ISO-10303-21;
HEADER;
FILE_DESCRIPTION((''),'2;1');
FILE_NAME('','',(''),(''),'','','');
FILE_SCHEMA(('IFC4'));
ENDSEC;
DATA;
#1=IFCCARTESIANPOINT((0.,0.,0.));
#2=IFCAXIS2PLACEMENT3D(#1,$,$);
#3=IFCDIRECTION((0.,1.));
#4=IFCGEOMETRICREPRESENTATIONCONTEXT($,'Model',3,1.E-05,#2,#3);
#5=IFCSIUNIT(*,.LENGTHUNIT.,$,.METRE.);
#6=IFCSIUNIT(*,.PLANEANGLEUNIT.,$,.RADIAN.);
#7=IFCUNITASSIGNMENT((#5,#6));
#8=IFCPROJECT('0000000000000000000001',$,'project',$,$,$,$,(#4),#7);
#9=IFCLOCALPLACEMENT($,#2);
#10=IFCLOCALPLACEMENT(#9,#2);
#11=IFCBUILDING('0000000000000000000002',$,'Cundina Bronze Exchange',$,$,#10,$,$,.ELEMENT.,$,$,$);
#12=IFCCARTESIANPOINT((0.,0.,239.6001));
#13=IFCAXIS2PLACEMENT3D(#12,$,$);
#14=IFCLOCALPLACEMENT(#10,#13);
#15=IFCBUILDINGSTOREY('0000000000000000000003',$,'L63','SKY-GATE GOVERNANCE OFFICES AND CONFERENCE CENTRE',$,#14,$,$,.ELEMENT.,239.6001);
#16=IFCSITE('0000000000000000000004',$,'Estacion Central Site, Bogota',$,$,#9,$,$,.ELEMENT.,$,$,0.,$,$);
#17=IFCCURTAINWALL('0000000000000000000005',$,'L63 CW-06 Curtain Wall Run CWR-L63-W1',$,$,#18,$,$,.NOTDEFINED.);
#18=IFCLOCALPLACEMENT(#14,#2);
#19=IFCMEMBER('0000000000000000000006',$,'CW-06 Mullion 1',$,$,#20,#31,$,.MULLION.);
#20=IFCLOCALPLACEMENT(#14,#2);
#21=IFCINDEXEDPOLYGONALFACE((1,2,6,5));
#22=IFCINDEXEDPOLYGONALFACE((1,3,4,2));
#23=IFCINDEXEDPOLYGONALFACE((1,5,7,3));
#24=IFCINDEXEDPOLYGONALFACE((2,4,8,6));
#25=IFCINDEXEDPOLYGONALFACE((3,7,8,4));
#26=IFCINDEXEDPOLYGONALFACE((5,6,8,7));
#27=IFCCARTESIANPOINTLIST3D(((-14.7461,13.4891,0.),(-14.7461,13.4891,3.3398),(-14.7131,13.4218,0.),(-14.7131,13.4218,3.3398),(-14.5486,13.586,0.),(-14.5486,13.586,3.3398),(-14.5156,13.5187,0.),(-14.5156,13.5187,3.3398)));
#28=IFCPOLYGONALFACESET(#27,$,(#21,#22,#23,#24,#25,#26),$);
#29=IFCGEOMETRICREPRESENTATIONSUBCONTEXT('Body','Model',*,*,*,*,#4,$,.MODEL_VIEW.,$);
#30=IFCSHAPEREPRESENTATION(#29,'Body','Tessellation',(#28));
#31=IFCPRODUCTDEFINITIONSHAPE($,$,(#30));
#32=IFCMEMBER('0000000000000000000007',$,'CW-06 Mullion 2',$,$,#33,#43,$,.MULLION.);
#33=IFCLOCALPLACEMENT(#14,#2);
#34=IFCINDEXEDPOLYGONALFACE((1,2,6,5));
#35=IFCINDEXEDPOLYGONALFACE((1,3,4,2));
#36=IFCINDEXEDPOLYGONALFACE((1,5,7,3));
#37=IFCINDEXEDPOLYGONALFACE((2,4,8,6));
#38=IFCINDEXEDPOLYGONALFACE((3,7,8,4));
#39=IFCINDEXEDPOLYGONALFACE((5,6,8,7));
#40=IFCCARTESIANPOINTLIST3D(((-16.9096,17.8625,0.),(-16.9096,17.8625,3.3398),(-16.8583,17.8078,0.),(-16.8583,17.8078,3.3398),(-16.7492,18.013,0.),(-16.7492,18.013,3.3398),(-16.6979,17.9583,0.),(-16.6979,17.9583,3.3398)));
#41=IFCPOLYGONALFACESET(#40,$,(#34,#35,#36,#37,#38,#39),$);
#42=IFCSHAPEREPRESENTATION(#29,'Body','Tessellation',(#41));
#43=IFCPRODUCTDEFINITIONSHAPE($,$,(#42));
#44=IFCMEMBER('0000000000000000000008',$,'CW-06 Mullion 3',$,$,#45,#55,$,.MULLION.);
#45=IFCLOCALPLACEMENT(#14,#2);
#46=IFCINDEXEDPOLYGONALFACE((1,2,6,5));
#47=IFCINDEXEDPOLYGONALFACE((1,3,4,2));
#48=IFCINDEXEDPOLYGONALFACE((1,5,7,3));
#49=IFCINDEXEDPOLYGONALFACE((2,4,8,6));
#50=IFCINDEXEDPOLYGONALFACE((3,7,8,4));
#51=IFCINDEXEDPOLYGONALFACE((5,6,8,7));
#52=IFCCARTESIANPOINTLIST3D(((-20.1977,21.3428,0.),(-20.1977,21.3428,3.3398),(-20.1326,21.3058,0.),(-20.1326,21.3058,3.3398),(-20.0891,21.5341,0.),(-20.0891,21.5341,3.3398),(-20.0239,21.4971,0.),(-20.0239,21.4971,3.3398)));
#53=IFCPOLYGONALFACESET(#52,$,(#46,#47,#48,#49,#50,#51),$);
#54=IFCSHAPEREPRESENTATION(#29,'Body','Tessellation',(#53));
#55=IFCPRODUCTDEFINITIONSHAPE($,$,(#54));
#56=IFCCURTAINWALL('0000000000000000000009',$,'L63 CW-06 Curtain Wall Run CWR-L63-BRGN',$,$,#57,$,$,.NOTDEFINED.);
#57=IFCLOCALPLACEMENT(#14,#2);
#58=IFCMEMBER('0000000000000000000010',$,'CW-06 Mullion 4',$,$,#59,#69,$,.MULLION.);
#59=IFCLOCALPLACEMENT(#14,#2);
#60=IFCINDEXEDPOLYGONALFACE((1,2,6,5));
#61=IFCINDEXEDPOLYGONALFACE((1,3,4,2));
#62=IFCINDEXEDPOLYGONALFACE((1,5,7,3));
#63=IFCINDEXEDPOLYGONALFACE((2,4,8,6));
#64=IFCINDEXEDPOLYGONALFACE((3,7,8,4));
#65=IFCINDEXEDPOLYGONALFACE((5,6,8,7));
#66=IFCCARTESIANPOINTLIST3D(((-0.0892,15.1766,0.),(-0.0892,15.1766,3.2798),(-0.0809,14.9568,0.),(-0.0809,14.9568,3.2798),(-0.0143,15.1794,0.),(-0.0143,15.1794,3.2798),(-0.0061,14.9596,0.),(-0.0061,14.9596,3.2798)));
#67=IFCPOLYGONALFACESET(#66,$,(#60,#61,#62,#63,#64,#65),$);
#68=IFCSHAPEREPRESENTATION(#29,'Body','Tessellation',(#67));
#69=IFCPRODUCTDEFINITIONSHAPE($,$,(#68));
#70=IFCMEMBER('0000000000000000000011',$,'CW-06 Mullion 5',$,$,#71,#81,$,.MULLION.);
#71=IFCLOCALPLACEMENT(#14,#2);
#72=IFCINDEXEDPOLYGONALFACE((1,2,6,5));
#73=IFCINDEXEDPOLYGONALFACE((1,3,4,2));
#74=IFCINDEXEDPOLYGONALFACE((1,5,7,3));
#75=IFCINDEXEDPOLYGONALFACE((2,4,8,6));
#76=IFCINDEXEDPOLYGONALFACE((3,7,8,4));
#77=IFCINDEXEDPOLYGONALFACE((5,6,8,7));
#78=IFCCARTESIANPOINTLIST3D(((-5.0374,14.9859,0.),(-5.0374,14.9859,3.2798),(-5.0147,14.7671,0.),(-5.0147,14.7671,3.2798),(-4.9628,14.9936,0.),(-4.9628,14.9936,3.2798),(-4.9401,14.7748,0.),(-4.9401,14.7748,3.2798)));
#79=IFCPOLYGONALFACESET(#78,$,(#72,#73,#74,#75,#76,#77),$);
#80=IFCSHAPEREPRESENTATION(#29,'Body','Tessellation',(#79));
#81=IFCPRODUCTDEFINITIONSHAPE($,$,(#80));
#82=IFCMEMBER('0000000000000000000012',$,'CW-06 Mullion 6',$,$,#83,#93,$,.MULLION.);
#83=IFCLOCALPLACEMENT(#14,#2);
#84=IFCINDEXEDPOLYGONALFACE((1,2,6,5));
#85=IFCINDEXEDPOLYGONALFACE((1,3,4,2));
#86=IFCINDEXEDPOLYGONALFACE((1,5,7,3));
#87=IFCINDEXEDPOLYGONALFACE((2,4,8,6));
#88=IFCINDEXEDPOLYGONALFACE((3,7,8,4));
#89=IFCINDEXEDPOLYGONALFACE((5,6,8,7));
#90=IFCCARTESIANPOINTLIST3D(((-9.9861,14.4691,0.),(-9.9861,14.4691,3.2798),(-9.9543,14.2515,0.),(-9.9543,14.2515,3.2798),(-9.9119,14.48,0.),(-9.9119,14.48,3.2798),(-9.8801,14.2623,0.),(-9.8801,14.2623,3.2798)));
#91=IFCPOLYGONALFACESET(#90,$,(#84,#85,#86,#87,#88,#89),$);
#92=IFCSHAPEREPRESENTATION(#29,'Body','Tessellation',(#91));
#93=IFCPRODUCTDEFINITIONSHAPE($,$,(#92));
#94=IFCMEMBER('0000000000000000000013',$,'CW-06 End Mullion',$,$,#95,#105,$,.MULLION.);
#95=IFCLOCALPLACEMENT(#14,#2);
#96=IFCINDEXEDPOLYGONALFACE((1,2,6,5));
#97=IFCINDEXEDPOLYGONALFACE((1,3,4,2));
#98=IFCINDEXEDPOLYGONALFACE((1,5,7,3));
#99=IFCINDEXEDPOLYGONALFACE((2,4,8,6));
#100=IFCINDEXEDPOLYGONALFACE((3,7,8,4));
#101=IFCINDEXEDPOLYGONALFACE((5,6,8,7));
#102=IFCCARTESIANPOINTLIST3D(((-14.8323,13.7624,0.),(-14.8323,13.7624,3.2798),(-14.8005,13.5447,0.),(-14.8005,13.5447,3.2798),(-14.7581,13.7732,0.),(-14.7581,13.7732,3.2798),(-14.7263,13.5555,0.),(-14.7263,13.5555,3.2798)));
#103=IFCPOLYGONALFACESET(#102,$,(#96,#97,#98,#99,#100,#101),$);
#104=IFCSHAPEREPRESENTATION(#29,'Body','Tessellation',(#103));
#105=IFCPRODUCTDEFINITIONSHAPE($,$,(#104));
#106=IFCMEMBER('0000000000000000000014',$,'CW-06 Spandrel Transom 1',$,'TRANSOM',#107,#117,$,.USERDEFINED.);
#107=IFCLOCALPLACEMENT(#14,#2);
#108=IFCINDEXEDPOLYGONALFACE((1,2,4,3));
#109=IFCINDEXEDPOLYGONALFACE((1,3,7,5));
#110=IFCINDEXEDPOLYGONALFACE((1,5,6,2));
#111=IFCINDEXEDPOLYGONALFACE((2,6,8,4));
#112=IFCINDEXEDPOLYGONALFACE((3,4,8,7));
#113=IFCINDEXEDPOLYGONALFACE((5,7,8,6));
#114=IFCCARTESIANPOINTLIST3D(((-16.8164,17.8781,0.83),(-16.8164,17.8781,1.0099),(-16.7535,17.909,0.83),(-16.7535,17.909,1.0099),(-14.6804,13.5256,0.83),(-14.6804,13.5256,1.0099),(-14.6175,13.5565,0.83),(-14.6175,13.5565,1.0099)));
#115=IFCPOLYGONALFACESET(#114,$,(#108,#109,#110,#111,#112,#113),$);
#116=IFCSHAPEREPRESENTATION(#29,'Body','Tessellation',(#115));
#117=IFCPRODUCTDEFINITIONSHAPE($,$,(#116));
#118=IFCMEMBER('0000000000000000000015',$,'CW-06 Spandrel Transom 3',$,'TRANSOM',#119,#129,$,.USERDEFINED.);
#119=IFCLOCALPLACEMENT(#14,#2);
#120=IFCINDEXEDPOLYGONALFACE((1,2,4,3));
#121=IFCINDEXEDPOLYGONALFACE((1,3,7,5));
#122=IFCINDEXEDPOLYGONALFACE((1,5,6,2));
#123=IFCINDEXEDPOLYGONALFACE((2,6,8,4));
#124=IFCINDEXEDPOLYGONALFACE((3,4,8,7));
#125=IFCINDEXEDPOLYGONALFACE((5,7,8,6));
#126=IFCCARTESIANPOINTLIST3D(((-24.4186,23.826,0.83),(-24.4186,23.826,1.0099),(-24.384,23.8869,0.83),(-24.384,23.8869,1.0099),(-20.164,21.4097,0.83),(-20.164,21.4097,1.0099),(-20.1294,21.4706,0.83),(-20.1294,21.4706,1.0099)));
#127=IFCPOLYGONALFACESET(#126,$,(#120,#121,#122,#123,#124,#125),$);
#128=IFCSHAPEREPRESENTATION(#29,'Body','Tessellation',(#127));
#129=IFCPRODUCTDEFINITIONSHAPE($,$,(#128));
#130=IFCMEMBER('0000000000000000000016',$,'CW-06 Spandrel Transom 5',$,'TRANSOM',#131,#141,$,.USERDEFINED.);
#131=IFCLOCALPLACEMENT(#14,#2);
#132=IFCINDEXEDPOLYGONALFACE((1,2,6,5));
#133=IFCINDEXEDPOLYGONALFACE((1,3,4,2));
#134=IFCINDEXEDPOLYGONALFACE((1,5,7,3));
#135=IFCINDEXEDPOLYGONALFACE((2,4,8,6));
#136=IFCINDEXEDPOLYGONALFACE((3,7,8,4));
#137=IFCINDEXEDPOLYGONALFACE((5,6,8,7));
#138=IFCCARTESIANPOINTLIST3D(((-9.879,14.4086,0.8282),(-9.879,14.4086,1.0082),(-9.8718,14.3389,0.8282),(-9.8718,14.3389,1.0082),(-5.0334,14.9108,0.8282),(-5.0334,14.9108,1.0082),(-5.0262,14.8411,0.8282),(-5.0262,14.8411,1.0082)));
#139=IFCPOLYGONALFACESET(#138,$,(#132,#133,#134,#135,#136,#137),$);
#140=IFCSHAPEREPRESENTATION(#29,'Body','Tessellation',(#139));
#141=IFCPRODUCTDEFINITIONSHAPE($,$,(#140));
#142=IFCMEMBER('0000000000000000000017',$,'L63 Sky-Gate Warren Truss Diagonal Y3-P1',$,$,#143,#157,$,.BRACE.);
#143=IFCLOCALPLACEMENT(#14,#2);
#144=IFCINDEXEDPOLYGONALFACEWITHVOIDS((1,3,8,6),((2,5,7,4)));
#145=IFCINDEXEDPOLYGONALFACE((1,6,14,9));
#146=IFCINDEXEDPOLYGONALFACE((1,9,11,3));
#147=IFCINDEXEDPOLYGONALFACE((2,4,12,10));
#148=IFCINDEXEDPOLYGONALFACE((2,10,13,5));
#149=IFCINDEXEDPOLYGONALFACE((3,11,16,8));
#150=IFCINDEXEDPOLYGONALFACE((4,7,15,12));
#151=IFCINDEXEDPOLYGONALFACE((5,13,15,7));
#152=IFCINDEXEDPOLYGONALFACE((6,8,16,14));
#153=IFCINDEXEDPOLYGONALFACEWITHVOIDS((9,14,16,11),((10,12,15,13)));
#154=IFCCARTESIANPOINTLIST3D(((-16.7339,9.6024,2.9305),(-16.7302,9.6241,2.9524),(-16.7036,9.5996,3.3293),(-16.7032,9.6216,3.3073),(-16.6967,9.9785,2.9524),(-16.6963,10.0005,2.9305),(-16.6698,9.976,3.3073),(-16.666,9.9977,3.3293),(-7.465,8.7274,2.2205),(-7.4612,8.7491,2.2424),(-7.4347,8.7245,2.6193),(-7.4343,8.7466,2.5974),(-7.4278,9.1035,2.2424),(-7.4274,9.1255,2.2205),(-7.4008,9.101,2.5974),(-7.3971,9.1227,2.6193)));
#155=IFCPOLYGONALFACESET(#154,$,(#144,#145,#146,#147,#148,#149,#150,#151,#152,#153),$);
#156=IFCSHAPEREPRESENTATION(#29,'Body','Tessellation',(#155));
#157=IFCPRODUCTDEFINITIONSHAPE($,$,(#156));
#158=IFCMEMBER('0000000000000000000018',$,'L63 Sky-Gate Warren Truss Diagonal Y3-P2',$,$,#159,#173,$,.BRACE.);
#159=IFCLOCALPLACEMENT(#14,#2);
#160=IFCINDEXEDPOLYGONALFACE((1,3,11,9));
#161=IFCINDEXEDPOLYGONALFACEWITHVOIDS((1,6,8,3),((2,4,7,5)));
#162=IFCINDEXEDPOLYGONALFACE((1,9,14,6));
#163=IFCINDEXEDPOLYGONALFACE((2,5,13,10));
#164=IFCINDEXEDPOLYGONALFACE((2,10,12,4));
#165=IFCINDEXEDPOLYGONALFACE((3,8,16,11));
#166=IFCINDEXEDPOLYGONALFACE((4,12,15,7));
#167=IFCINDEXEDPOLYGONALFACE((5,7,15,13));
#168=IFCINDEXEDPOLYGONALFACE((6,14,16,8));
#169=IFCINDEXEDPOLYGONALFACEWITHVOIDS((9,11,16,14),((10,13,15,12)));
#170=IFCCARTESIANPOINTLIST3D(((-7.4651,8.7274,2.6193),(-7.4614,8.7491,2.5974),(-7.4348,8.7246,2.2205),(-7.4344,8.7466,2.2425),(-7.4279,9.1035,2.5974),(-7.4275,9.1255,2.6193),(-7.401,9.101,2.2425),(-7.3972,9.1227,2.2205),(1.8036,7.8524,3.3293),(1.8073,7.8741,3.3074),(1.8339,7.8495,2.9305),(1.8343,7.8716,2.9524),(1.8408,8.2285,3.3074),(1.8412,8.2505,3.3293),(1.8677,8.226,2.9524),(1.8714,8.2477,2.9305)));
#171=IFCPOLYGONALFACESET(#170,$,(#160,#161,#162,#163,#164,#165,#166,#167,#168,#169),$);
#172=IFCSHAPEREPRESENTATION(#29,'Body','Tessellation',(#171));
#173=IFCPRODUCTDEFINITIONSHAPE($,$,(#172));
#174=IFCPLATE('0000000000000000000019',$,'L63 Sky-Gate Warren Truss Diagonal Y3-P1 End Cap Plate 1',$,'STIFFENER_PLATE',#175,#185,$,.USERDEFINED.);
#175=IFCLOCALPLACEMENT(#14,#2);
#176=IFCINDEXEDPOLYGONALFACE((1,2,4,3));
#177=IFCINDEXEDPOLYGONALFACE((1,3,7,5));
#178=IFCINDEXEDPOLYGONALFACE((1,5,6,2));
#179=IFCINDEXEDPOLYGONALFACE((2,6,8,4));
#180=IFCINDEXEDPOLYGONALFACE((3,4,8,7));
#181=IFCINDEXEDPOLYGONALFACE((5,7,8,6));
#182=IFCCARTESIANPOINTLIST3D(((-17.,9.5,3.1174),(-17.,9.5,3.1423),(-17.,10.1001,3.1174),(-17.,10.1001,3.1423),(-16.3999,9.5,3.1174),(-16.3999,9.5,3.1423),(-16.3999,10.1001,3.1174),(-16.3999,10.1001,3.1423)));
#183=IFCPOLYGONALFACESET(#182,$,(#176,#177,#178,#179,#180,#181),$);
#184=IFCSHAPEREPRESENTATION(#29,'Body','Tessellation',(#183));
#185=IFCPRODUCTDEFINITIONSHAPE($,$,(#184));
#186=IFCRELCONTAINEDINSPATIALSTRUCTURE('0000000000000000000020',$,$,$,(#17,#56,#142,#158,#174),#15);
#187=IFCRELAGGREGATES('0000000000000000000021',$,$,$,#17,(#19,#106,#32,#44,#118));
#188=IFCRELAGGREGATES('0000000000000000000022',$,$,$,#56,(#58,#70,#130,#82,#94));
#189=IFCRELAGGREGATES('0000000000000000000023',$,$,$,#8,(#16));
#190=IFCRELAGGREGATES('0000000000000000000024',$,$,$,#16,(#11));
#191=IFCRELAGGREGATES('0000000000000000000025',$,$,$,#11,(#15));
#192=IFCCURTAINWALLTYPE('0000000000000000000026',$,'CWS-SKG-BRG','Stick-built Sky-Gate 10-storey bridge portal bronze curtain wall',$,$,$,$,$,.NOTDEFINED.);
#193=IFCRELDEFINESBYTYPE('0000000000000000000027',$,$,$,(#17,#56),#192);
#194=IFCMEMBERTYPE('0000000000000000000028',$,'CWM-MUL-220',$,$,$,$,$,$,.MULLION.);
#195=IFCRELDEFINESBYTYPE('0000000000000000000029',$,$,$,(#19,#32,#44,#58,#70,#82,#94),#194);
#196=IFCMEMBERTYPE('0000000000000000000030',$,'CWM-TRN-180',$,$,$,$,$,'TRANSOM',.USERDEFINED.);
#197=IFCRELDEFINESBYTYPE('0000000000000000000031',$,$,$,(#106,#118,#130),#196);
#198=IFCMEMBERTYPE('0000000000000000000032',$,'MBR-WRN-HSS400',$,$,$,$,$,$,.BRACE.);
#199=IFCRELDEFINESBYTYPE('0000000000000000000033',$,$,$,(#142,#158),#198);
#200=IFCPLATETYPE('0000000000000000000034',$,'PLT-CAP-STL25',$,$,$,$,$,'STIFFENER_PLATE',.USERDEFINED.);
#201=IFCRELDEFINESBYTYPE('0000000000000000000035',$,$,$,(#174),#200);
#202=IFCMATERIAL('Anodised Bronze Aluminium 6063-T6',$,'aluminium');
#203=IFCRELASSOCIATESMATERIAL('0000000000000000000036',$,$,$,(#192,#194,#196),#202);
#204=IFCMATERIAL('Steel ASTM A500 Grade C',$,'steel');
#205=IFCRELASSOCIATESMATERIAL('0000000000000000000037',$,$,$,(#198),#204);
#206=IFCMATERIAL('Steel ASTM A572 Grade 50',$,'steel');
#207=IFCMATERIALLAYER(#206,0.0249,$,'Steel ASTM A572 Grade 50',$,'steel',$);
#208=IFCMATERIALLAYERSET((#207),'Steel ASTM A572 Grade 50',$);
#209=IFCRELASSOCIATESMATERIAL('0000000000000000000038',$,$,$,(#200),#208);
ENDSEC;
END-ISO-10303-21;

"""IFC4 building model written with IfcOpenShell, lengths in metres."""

from ifc_helpers import new_model, si_unit, direction, frame, origin, origin_2d, place, context, subcontext, project, spatial, rectangle, hollow_rectangle, extrude, material, layer, layer_set, material_profile, profile_set, type_object, element, aggregate, save


model = new_model("IFC4")

# Units and contexts
model_context = context("Model", 3, precision=1e-05, world=origin(), true_north=direction((0.0, 1.0)))
body_context = subcontext(model_context, "Body", "Model", "MODEL_VIEW")
ifc_project = project(units=[si_unit("LENGTHUNIT", "METRE"), si_unit("PLANEANGLEUNIT", "RADIAN")], contexts=[model_context])

# Site, building, storey
site_placement = place(None, origin())
site = spatial("IfcSite", under=ifc_project, at=site_placement, Name="Estacion Central Site, Bogota", CompositionType="ELEMENT", RefElevation=0.0)
building_placement = place(site_placement, origin())
building = spatial("IfcBuilding", under=site, at=building_placement, Name="Cundina Bronze Exchange", CompositionType="ELEMENT")
storey_placement = place(building_placement, frame((0.0, 0.0, 239.6001)))
storey = spatial("IfcBuildingStorey", under=building, at=storey_placement, Name="L63", Description="SKY-GATE GOVERNANCE OFFICES AND CONFERENCE CENTRE", CompositionType="ELEMENT", Elevation=239.6001)

# Curtain walls, members
ifc_material_1 = material(Name="Anodised Bronze Aluminium 6063-T6", Category="aluminium")
curtain_wall_type = type_object("IfcCurtainWallType", Name="CWS-SKG-BRG", Description="Stick-built Sky-Gate 10-storey bridge portal bronze curtain wall", PredefinedType="NOTDEFINED", material=ifc_material_1)
curtain_wall_1_placement = place(storey_placement, origin())
curtain_wall_1 = element("IfcCurtainWall", 1, at=curtain_wall_1_placement, inside=storey, type_object=curtain_wall_type, Name="L63 CW-06 Curtain Wall Run CWR-L63-W1", PredefinedType="NOTDEFINED")
ifc_material_profile_1 = material_profile(ifc_material_1, rectangle(XDim=0.075, YDim=0.22, at=origin_2d()), Name="AL75X220", Category="aluminium")
ifc_profile_set_1 = profile_set([ifc_material_profile_1], Name="Anodised Bronze Aluminium 6063-T6")
member_type_1 = type_object("IfcMemberType", Name="CWM-MUL-220", PredefinedType="MULLION", material=ifc_profile_set_1)
member_1_placement = place(storey_placement, frame((-14.6309, 13.5039, 0.0), z_axis=(0.0, 0.0, 1.0), x_axis=(-0.440566, 0.89772, 0.0)))
member_1 = element("IfcMember", 2, at=member_1_placement, type_object=member_type_1, Name="CW-06 Mullion 1", PredefinedType="MULLION", context=body_context, shape_type="SweptSolid", body=[
    extrude(rectangle(XDim=0.075, YDim=0.22, at=origin_2d()), origin(), (0.0, 0.0, 1.0), 3.3398),
])
member_2_placement = place(storey_placement, frame((-16.8037, 17.9104, 0.0), z_axis=(0.0, 0.0, 1.0), x_axis=(-0.684293, 0.729208, 0.0)))
member_2 = element("IfcMember", 3, at=member_2_placement, type_object=member_type_1, Name="CW-06 Mullion 2", PredefinedType="MULLION", context=body_context, shape_type="SweptSolid", body=[
    extrude(rectangle(XDim=0.075, YDim=0.22, at=origin_2d()), origin(), (0.0, 0.0, 1.0), 3.3398),
])
member_3_placement = place(storey_placement, frame((-20.1108, 21.4199, 0.0), z_axis=(0.0, 0.0, 1.0), x_axis=(-0.869581, 0.49379, 0.0)))
member_3 = element("IfcMember", 4, at=member_3_placement, type_object=member_type_1, Name="CW-06 Mullion 3", PredefinedType="MULLION", context=body_context, shape_type="SweptSolid", body=[
    extrude(rectangle(XDim=0.075, YDim=0.22, at=origin_2d()), origin(), (0.0, 0.0, 1.0), 3.3398),
])
curtain_wall_2_placement = place(storey_placement, origin())
curtain_wall_2 = element("IfcCurtainWall", 5, at=curtain_wall_2_placement, inside=storey, type_object=curtain_wall_type, Name="L63 CW-06 Curtain Wall Run CWR-L63-BRGN", PredefinedType="NOTDEFINED")
member_4_placement = place(storey_placement, frame((-0.0476, 15.0681, 0.0), z_axis=(0.0, 0.0, 1.0), x_axis=(-0.999303, -0.037341, 0.0)))
member_4 = element("IfcMember", 6, at=member_4_placement, type_object=member_type_1, Name="CW-06 Mullion 4", PredefinedType="MULLION", context=body_context, shape_type="SweptSolid", body=[
    extrude(rectangle(XDim=0.075, YDim=0.22, at=origin_2d()), origin(), (0.0, 0.0, 1.0), 3.2798),
])
member_5_placement = place(storey_placement, frame((-4.9888, 14.8804, 0.0), z_axis=(0.0, 0.0, 1.0), x_axis=(-0.994667, -0.10314, 0.0)))
member_5 = element("IfcMember", 7, at=member_5_placement, type_object=member_type_1, Name="CW-06 Mullion 5", PredefinedType="MULLION", context=body_context, shape_type="SweptSolid", body=[
    extrude(rectangle(XDim=0.075, YDim=0.22, at=origin_2d()), origin(), (0.0, 0.0, 1.0), 3.2798),
])
member_6_placement = place(storey_placement, frame((-9.9331, 14.3657, 0.0), z_axis=(0.0, 0.0, 1.0), x_axis=(-0.989526, -0.144356, 0.0)))
member_6 = element("IfcMember", 8, at=member_6_placement, type_object=member_type_1, Name="CW-06 Mullion 6", PredefinedType="MULLION", context=body_context, shape_type="SweptSolid", body=[
    extrude(rectangle(XDim=0.075, YDim=0.22, at=origin_2d()), origin(), (0.0, 0.0, 1.0), 3.2798),
])
member_7_placement = place(storey_placement, frame((-14.7793, 13.6589, 0.0), z_axis=(0.0, 0.0, 1.0), x_axis=(-0.989526, -0.144356, 0.0)))
member_7 = element("IfcMember", 9, at=member_7_placement, type_object=member_type_1, Name="CW-06 End Mullion", PredefinedType="MULLION", context=body_context, shape_type="SweptSolid", body=[
    extrude(rectangle(XDim=0.075, YDim=0.22, at=origin_2d()), origin(), (0.0, 0.0, 1.0), 3.2798),
])

# Members
ifc_material_profile_2 = material_profile(ifc_material_1, rectangle(XDim=0.0701, YDim=0.1799, at=origin_2d()), Name="AL70X180", Category="aluminium")
ifc_profile_set_2 = profile_set([ifc_material_profile_2], Name="Anodised Bronze Aluminium 6063-T6")
member_type_2 = type_object("IfcMemberType", Name="CWM-TRN-180", ElementType="TRANSOM", PredefinedType="USERDEFINED", material=ifc_profile_set_2)
member_8_placement = place(storey_placement, frame((-14.6489, 13.541, 0.9199), z_axis=(-0.440554, 0.897726, 0.0), x_axis=(-0.897726, -0.440554, 0.0)))
member_8 = element("IfcMember", 10, at=member_8_placement, type_object=member_type_2, Name="CW-06 Spandrel Transom 1", ObjectType="TRANSOM", PredefinedType="USERDEFINED", context=body_context, shape_type="SweptSolid", body=[
    extrude(rectangle(XDim=0.0701, YDim=0.1799, at=origin_2d()), origin(), (0.0, 0.0, 1.0), 4.8484),
])
member_9_placement = place(storey_placement, frame((-20.1467, 21.4402, 0.9199), z_axis=(-0.869557, 0.493832, 0.0), x_axis=(-0.493832, -0.869557, 0.0)))
member_9 = element("IfcMember", 11, at=member_9_placement, type_object=member_type_2, Name="CW-06 Spandrel Transom 3", ObjectType="TRANSOM", PredefinedType="USERDEFINED", context=body_context, shape_type="SweptSolid", body=[
    extrude(rectangle(XDim=0.0701, YDim=0.1799, at=origin_2d()), origin(), (0.0, 0.0, 1.0), 4.8928),
])
member_10_placement = place(storey_placement, frame((-5.0298, 14.876, 0.9182), z_axis=(-0.994672, -0.103086, 0.0), x_axis=(0.103086, -0.994672, 0.0)))
member_10 = element("IfcMember", 12, at=member_10_placement, type_object=member_type_2, Name="CW-06 Spandrel Transom 5", ObjectType="TRANSOM", PredefinedType="USERDEFINED", context=body_context, shape_type="SweptSolid", body=[
    extrude(rectangle(XDim=0.0701, YDim=0.1799, at=origin_2d()), origin(), (0.0, 0.0, 1.0), 4.8716),
])

# Members
ifc_material_2 = material(Name="Steel ASTM A500 Grade C", Category="steel")
ifc_material_profile_3 = material_profile(ifc_material_2, hollow_rectangle(XDim=0.3999, YDim=0.3999, WallThickness=0.022, at=origin_2d()), Name="HSS400X400X22", Category="steel")
ifc_profile_set_3 = profile_set([ifc_material_profile_3], Name="Steel ASTM A500 Grade C")
member_type_3 = type_object("IfcMemberType", Name="MBR-WRN-HSS400", PredefinedType="BRACE", material=ifc_profile_set_3)
member_11_placement = place(storey_placement, frame((-16.7, 9.8, 3.1299), z_axis=(0.992691, -0.093713, -0.076037), x_axis=(0.093985, 0.995574, 0.0)))
element("IfcMember", 13, at=member_11_placement, inside=storey, type_object=member_type_3, Name="L63 Sky-Gate Warren Truss Diagonal Y3-P1", PredefinedType="BRACE", context=body_context, shape_type="SweptSolid", body=[
    extrude(hollow_rectangle(XDim=0.3999, YDim=0.3999, WallThickness=0.022, at=origin_2d()), origin(), (0.0, 0.0, 1.0), 9.3372),
])
member_12_placement = place(storey_placement, frame((-7.4312, 8.925, 2.4199), z_axis=(0.992691, -0.093715, 0.076039), x_axis=(0.093987, 0.995573, 0.0)))
element("IfcMember", 14, at=member_12_placement, inside=storey, type_object=member_type_3, Name="L63 Sky-Gate Warren Truss Diagonal Y3-P2", PredefinedType="BRACE", context=body_context, shape_type="SweptSolid", body=[
    extrude(hollow_rectangle(XDim=0.3999, YDim=0.3999, WallThickness=0.022, at=origin_2d()), origin(), (0.0, 0.0, 1.0), 9.3369),
])

# Plate
ifc_material_3 = material(Name="Steel ASTM A572 Grade 50", Category="steel")
ifc_layer_1 = layer(ifc_material_3, 0.0249, Name="Steel ASTM A572 Grade 50", Category="steel")
ifc_layer_set_1 = layer_set([ifc_layer_1], Name="Steel ASTM A572 Grade 50")
plate_type_1 = type_object("IfcPlateType", Name="PLT-CAP-STL25", ElementType="STIFFENER_PLATE", PredefinedType="USERDEFINED", material=ifc_layer_set_1)
for number, where, z_axis, x_axis, name in (
    (15, (-16.7, 9.8, 3.1174), (0.0, 0.0, 1.0), (1.0, 0.0, 0.0), "L63 Sky-Gate Warren Truss Diagonal Y3-P1 End Cap Plate 1"),
):
    element("IfcPlate", number, at=place(storey_placement, frame(where, z_axis=z_axis, x_axis=x_axis)), inside=storey, type_object=plate_type_1, Name=name, ObjectType="STIFFENER_PLATE", PredefinedType="USERDEFINED", context=body_context, shape_type="SweptSolid", body=[
        extrude(rectangle(XDim=0.6001, YDim=0.6001, at=origin_2d()), origin(), (0.0, 0.0, 1.0), 0.0249),
    ])

aggregate(curtain_wall_1, [member_1, member_8, member_2, member_3, member_9])
aggregate(curtain_wall_2, [member_4, member_5, member_10, member_6, member_7])

save(model, "model.ifc")
